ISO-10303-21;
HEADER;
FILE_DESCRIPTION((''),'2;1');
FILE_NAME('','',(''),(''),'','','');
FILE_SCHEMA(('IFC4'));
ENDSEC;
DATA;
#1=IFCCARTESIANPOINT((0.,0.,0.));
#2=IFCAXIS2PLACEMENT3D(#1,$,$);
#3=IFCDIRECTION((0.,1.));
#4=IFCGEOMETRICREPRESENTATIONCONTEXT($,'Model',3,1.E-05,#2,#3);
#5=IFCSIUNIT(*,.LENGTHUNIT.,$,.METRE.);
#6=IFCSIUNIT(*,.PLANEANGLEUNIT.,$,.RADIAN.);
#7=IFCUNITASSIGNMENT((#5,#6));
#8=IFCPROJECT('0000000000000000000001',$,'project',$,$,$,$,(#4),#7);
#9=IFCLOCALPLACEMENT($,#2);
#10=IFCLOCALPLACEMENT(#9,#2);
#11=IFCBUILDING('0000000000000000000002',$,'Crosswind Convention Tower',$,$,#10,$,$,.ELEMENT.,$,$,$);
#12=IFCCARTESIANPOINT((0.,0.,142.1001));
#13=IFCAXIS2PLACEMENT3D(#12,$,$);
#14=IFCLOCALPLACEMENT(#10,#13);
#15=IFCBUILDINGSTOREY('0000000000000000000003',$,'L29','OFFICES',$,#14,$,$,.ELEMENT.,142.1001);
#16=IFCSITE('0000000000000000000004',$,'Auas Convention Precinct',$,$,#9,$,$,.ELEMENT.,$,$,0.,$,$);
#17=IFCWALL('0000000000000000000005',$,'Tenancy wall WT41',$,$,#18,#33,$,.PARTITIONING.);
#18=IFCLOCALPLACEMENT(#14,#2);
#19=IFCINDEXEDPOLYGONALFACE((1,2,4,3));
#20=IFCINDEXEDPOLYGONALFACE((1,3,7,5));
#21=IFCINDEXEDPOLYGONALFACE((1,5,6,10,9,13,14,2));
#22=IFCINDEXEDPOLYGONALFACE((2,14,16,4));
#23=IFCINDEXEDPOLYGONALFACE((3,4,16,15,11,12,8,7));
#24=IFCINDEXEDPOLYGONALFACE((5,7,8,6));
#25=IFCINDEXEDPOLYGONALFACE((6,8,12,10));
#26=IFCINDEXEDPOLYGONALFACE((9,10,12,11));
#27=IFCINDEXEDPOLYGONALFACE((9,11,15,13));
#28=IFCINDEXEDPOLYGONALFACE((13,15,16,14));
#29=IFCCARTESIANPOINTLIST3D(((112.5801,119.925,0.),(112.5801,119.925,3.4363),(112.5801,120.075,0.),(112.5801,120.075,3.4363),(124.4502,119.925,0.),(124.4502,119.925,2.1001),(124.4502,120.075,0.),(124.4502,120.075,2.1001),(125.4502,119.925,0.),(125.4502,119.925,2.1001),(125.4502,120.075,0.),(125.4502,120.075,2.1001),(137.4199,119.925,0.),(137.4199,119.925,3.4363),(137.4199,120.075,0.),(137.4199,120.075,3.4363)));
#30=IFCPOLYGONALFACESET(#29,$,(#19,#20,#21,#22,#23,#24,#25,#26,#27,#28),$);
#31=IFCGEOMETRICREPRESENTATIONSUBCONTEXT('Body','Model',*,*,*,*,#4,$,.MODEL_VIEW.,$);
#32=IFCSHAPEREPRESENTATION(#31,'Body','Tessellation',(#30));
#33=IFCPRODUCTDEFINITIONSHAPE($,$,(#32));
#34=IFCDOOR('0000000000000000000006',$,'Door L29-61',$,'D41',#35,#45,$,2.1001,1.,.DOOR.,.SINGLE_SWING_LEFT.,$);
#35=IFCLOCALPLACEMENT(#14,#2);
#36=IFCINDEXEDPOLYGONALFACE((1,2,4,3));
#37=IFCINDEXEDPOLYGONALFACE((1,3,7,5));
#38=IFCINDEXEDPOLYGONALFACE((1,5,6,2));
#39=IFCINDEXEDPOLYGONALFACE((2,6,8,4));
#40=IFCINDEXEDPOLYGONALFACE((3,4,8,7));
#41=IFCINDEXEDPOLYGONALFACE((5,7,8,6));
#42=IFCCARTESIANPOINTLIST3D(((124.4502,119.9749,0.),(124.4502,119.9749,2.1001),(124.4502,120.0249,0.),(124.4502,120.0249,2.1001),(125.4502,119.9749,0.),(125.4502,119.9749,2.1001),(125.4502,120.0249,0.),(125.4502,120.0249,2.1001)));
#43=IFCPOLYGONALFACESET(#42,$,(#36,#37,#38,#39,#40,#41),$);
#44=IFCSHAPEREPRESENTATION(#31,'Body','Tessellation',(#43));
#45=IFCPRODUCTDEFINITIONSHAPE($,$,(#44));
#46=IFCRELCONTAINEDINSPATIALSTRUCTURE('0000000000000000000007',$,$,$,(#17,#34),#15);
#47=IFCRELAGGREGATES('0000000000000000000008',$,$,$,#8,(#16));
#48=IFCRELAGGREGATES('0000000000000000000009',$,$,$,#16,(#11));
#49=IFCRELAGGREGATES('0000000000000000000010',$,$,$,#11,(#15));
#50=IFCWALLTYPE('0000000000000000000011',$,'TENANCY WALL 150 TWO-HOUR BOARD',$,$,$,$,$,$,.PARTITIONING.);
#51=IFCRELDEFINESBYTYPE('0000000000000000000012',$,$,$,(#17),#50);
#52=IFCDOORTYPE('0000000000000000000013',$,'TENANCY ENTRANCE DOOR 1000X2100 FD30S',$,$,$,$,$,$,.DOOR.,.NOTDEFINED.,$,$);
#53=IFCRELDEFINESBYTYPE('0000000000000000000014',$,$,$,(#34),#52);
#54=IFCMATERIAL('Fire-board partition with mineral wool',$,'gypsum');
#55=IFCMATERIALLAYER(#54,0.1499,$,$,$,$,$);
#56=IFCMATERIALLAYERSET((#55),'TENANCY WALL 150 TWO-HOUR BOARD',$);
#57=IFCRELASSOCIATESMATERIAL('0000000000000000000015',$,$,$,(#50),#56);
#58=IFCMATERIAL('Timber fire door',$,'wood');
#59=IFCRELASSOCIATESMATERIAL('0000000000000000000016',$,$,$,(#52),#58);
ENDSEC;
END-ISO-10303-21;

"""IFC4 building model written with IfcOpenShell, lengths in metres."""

from ifc_helpers import new_model, si_unit, direction, frame, frame_2d, origin, place, context, subcontext, project, spatial, rectangle, extrude, material, layer, layer_set, type_object, element, fill, save


model = new_model("IFC4")

# Units and contexts
model_context = context("Model", 3, precision=1e-05, world=origin(), true_north=direction((0.0, 1.0)))
body_context = subcontext(model_context, "Body", "Model", "MODEL_VIEW")
ifc_project = project(units=[si_unit("LENGTHUNIT", "METRE"), si_unit("PLANEANGLEUNIT", "RADIAN")], contexts=[model_context])

# Site, building, storey
site_placement = place(None, origin())
site = spatial("IfcSite", under=ifc_project, at=site_placement, Name="Auas Convention Precinct", CompositionType="ELEMENT", RefElevation=0.0)
building_placement = place(site_placement, origin())
building = spatial("IfcBuilding", under=site, at=building_placement, Name="Crosswind Convention Tower", CompositionType="ELEMENT")
storey_placement = place(building_placement, frame((0.0, 0.0, 142.1001)))
storey = spatial("IfcBuildingStorey", under=building, at=storey_placement, Name="L29", Description="OFFICES", CompositionType="ELEMENT", Elevation=142.1001)

# Wall, opening, door
ifc_material_1 = material(Name="Fire-board partition with mineral wool", Category="gypsum")
ifc_layer_1 = layer(ifc_material_1, 0.1499)
ifc_layer_set_1 = layer_set([ifc_layer_1], Name="TENANCY WALL 150 TWO-HOUR BOARD")
wall_type = type_object("IfcWallType", Name="TENANCY WALL 150 TWO-HOUR BOARD", PredefinedType="PARTITIONING", material=ifc_layer_set_1)
wall_placement = place(storey_placement, frame((112.5801, 120.0, 0.0), z_axis=(0.0, 0.0, 1.0), x_axis=(1.0, 0.0, 0.0)))
wall = element("IfcWall", 1, at=wall_placement, inside=storey, type_object=wall_type, Name="Tenancy wall WT41", PredefinedType="PARTITIONING", context=body_context, shape_type="SweptSolid", body=[
    extrude(rectangle(XDim=24.8398, YDim=0.1499, at=frame_2d((12.4199, 0.0))), origin(), (0.0, 0.0, 1.0), 3.4363),
])
opening_placement = place(wall_placement, frame((11.8701, 0.0, 0.0)))
opening = element("IfcOpeningElement", 2, at=opening_placement, cuts=wall, PredefinedType="OPENING", context=body_context, shape_type="SweptSolid", body=[
    extrude(rectangle(XDim=1.0, YDim=2.1001, at=frame_2d((0.5, 1.05))), frame((0.0, 0.085, 0.0), z_axis=(0.0, -1.0, 0.0), x_axis=(1.0, 0.0, 0.0)), (0.0, 0.0, 1.0), 0.1699),
])
ifc_material_2 = material(Name="Timber fire door", Category="wood")
door_type = type_object("IfcDoorType", Name="TENANCY ENTRANCE DOOR 1000X2100 FD30S", OperationType="NOTDEFINED", PredefinedType="DOOR", material=ifc_material_2)
door_placement = place(opening_placement, origin())
door = element("IfcDoor", 3, at=door_placement, inside=storey, type_object=door_type, Name="Door L29-61", ObjectType="D41", OperationType="SINGLE_SWING_LEFT", OverallHeight=2.1001, OverallWidth=1.0, PredefinedType="DOOR", context=body_context, shape_type="SweptSolid", body=[
    extrude(rectangle(XDim=1.0, YDim=2.1001, at=frame_2d((0.5, 1.05))), frame((0.0, 0.0249, 0.0), z_axis=(0.0, -1.0, 0.0), x_axis=(1.0, 0.0, 0.0)), (0.0, 0.0, 1.0), 0.05),
])
fill(opening, door)

save(model, "model.ifc")
